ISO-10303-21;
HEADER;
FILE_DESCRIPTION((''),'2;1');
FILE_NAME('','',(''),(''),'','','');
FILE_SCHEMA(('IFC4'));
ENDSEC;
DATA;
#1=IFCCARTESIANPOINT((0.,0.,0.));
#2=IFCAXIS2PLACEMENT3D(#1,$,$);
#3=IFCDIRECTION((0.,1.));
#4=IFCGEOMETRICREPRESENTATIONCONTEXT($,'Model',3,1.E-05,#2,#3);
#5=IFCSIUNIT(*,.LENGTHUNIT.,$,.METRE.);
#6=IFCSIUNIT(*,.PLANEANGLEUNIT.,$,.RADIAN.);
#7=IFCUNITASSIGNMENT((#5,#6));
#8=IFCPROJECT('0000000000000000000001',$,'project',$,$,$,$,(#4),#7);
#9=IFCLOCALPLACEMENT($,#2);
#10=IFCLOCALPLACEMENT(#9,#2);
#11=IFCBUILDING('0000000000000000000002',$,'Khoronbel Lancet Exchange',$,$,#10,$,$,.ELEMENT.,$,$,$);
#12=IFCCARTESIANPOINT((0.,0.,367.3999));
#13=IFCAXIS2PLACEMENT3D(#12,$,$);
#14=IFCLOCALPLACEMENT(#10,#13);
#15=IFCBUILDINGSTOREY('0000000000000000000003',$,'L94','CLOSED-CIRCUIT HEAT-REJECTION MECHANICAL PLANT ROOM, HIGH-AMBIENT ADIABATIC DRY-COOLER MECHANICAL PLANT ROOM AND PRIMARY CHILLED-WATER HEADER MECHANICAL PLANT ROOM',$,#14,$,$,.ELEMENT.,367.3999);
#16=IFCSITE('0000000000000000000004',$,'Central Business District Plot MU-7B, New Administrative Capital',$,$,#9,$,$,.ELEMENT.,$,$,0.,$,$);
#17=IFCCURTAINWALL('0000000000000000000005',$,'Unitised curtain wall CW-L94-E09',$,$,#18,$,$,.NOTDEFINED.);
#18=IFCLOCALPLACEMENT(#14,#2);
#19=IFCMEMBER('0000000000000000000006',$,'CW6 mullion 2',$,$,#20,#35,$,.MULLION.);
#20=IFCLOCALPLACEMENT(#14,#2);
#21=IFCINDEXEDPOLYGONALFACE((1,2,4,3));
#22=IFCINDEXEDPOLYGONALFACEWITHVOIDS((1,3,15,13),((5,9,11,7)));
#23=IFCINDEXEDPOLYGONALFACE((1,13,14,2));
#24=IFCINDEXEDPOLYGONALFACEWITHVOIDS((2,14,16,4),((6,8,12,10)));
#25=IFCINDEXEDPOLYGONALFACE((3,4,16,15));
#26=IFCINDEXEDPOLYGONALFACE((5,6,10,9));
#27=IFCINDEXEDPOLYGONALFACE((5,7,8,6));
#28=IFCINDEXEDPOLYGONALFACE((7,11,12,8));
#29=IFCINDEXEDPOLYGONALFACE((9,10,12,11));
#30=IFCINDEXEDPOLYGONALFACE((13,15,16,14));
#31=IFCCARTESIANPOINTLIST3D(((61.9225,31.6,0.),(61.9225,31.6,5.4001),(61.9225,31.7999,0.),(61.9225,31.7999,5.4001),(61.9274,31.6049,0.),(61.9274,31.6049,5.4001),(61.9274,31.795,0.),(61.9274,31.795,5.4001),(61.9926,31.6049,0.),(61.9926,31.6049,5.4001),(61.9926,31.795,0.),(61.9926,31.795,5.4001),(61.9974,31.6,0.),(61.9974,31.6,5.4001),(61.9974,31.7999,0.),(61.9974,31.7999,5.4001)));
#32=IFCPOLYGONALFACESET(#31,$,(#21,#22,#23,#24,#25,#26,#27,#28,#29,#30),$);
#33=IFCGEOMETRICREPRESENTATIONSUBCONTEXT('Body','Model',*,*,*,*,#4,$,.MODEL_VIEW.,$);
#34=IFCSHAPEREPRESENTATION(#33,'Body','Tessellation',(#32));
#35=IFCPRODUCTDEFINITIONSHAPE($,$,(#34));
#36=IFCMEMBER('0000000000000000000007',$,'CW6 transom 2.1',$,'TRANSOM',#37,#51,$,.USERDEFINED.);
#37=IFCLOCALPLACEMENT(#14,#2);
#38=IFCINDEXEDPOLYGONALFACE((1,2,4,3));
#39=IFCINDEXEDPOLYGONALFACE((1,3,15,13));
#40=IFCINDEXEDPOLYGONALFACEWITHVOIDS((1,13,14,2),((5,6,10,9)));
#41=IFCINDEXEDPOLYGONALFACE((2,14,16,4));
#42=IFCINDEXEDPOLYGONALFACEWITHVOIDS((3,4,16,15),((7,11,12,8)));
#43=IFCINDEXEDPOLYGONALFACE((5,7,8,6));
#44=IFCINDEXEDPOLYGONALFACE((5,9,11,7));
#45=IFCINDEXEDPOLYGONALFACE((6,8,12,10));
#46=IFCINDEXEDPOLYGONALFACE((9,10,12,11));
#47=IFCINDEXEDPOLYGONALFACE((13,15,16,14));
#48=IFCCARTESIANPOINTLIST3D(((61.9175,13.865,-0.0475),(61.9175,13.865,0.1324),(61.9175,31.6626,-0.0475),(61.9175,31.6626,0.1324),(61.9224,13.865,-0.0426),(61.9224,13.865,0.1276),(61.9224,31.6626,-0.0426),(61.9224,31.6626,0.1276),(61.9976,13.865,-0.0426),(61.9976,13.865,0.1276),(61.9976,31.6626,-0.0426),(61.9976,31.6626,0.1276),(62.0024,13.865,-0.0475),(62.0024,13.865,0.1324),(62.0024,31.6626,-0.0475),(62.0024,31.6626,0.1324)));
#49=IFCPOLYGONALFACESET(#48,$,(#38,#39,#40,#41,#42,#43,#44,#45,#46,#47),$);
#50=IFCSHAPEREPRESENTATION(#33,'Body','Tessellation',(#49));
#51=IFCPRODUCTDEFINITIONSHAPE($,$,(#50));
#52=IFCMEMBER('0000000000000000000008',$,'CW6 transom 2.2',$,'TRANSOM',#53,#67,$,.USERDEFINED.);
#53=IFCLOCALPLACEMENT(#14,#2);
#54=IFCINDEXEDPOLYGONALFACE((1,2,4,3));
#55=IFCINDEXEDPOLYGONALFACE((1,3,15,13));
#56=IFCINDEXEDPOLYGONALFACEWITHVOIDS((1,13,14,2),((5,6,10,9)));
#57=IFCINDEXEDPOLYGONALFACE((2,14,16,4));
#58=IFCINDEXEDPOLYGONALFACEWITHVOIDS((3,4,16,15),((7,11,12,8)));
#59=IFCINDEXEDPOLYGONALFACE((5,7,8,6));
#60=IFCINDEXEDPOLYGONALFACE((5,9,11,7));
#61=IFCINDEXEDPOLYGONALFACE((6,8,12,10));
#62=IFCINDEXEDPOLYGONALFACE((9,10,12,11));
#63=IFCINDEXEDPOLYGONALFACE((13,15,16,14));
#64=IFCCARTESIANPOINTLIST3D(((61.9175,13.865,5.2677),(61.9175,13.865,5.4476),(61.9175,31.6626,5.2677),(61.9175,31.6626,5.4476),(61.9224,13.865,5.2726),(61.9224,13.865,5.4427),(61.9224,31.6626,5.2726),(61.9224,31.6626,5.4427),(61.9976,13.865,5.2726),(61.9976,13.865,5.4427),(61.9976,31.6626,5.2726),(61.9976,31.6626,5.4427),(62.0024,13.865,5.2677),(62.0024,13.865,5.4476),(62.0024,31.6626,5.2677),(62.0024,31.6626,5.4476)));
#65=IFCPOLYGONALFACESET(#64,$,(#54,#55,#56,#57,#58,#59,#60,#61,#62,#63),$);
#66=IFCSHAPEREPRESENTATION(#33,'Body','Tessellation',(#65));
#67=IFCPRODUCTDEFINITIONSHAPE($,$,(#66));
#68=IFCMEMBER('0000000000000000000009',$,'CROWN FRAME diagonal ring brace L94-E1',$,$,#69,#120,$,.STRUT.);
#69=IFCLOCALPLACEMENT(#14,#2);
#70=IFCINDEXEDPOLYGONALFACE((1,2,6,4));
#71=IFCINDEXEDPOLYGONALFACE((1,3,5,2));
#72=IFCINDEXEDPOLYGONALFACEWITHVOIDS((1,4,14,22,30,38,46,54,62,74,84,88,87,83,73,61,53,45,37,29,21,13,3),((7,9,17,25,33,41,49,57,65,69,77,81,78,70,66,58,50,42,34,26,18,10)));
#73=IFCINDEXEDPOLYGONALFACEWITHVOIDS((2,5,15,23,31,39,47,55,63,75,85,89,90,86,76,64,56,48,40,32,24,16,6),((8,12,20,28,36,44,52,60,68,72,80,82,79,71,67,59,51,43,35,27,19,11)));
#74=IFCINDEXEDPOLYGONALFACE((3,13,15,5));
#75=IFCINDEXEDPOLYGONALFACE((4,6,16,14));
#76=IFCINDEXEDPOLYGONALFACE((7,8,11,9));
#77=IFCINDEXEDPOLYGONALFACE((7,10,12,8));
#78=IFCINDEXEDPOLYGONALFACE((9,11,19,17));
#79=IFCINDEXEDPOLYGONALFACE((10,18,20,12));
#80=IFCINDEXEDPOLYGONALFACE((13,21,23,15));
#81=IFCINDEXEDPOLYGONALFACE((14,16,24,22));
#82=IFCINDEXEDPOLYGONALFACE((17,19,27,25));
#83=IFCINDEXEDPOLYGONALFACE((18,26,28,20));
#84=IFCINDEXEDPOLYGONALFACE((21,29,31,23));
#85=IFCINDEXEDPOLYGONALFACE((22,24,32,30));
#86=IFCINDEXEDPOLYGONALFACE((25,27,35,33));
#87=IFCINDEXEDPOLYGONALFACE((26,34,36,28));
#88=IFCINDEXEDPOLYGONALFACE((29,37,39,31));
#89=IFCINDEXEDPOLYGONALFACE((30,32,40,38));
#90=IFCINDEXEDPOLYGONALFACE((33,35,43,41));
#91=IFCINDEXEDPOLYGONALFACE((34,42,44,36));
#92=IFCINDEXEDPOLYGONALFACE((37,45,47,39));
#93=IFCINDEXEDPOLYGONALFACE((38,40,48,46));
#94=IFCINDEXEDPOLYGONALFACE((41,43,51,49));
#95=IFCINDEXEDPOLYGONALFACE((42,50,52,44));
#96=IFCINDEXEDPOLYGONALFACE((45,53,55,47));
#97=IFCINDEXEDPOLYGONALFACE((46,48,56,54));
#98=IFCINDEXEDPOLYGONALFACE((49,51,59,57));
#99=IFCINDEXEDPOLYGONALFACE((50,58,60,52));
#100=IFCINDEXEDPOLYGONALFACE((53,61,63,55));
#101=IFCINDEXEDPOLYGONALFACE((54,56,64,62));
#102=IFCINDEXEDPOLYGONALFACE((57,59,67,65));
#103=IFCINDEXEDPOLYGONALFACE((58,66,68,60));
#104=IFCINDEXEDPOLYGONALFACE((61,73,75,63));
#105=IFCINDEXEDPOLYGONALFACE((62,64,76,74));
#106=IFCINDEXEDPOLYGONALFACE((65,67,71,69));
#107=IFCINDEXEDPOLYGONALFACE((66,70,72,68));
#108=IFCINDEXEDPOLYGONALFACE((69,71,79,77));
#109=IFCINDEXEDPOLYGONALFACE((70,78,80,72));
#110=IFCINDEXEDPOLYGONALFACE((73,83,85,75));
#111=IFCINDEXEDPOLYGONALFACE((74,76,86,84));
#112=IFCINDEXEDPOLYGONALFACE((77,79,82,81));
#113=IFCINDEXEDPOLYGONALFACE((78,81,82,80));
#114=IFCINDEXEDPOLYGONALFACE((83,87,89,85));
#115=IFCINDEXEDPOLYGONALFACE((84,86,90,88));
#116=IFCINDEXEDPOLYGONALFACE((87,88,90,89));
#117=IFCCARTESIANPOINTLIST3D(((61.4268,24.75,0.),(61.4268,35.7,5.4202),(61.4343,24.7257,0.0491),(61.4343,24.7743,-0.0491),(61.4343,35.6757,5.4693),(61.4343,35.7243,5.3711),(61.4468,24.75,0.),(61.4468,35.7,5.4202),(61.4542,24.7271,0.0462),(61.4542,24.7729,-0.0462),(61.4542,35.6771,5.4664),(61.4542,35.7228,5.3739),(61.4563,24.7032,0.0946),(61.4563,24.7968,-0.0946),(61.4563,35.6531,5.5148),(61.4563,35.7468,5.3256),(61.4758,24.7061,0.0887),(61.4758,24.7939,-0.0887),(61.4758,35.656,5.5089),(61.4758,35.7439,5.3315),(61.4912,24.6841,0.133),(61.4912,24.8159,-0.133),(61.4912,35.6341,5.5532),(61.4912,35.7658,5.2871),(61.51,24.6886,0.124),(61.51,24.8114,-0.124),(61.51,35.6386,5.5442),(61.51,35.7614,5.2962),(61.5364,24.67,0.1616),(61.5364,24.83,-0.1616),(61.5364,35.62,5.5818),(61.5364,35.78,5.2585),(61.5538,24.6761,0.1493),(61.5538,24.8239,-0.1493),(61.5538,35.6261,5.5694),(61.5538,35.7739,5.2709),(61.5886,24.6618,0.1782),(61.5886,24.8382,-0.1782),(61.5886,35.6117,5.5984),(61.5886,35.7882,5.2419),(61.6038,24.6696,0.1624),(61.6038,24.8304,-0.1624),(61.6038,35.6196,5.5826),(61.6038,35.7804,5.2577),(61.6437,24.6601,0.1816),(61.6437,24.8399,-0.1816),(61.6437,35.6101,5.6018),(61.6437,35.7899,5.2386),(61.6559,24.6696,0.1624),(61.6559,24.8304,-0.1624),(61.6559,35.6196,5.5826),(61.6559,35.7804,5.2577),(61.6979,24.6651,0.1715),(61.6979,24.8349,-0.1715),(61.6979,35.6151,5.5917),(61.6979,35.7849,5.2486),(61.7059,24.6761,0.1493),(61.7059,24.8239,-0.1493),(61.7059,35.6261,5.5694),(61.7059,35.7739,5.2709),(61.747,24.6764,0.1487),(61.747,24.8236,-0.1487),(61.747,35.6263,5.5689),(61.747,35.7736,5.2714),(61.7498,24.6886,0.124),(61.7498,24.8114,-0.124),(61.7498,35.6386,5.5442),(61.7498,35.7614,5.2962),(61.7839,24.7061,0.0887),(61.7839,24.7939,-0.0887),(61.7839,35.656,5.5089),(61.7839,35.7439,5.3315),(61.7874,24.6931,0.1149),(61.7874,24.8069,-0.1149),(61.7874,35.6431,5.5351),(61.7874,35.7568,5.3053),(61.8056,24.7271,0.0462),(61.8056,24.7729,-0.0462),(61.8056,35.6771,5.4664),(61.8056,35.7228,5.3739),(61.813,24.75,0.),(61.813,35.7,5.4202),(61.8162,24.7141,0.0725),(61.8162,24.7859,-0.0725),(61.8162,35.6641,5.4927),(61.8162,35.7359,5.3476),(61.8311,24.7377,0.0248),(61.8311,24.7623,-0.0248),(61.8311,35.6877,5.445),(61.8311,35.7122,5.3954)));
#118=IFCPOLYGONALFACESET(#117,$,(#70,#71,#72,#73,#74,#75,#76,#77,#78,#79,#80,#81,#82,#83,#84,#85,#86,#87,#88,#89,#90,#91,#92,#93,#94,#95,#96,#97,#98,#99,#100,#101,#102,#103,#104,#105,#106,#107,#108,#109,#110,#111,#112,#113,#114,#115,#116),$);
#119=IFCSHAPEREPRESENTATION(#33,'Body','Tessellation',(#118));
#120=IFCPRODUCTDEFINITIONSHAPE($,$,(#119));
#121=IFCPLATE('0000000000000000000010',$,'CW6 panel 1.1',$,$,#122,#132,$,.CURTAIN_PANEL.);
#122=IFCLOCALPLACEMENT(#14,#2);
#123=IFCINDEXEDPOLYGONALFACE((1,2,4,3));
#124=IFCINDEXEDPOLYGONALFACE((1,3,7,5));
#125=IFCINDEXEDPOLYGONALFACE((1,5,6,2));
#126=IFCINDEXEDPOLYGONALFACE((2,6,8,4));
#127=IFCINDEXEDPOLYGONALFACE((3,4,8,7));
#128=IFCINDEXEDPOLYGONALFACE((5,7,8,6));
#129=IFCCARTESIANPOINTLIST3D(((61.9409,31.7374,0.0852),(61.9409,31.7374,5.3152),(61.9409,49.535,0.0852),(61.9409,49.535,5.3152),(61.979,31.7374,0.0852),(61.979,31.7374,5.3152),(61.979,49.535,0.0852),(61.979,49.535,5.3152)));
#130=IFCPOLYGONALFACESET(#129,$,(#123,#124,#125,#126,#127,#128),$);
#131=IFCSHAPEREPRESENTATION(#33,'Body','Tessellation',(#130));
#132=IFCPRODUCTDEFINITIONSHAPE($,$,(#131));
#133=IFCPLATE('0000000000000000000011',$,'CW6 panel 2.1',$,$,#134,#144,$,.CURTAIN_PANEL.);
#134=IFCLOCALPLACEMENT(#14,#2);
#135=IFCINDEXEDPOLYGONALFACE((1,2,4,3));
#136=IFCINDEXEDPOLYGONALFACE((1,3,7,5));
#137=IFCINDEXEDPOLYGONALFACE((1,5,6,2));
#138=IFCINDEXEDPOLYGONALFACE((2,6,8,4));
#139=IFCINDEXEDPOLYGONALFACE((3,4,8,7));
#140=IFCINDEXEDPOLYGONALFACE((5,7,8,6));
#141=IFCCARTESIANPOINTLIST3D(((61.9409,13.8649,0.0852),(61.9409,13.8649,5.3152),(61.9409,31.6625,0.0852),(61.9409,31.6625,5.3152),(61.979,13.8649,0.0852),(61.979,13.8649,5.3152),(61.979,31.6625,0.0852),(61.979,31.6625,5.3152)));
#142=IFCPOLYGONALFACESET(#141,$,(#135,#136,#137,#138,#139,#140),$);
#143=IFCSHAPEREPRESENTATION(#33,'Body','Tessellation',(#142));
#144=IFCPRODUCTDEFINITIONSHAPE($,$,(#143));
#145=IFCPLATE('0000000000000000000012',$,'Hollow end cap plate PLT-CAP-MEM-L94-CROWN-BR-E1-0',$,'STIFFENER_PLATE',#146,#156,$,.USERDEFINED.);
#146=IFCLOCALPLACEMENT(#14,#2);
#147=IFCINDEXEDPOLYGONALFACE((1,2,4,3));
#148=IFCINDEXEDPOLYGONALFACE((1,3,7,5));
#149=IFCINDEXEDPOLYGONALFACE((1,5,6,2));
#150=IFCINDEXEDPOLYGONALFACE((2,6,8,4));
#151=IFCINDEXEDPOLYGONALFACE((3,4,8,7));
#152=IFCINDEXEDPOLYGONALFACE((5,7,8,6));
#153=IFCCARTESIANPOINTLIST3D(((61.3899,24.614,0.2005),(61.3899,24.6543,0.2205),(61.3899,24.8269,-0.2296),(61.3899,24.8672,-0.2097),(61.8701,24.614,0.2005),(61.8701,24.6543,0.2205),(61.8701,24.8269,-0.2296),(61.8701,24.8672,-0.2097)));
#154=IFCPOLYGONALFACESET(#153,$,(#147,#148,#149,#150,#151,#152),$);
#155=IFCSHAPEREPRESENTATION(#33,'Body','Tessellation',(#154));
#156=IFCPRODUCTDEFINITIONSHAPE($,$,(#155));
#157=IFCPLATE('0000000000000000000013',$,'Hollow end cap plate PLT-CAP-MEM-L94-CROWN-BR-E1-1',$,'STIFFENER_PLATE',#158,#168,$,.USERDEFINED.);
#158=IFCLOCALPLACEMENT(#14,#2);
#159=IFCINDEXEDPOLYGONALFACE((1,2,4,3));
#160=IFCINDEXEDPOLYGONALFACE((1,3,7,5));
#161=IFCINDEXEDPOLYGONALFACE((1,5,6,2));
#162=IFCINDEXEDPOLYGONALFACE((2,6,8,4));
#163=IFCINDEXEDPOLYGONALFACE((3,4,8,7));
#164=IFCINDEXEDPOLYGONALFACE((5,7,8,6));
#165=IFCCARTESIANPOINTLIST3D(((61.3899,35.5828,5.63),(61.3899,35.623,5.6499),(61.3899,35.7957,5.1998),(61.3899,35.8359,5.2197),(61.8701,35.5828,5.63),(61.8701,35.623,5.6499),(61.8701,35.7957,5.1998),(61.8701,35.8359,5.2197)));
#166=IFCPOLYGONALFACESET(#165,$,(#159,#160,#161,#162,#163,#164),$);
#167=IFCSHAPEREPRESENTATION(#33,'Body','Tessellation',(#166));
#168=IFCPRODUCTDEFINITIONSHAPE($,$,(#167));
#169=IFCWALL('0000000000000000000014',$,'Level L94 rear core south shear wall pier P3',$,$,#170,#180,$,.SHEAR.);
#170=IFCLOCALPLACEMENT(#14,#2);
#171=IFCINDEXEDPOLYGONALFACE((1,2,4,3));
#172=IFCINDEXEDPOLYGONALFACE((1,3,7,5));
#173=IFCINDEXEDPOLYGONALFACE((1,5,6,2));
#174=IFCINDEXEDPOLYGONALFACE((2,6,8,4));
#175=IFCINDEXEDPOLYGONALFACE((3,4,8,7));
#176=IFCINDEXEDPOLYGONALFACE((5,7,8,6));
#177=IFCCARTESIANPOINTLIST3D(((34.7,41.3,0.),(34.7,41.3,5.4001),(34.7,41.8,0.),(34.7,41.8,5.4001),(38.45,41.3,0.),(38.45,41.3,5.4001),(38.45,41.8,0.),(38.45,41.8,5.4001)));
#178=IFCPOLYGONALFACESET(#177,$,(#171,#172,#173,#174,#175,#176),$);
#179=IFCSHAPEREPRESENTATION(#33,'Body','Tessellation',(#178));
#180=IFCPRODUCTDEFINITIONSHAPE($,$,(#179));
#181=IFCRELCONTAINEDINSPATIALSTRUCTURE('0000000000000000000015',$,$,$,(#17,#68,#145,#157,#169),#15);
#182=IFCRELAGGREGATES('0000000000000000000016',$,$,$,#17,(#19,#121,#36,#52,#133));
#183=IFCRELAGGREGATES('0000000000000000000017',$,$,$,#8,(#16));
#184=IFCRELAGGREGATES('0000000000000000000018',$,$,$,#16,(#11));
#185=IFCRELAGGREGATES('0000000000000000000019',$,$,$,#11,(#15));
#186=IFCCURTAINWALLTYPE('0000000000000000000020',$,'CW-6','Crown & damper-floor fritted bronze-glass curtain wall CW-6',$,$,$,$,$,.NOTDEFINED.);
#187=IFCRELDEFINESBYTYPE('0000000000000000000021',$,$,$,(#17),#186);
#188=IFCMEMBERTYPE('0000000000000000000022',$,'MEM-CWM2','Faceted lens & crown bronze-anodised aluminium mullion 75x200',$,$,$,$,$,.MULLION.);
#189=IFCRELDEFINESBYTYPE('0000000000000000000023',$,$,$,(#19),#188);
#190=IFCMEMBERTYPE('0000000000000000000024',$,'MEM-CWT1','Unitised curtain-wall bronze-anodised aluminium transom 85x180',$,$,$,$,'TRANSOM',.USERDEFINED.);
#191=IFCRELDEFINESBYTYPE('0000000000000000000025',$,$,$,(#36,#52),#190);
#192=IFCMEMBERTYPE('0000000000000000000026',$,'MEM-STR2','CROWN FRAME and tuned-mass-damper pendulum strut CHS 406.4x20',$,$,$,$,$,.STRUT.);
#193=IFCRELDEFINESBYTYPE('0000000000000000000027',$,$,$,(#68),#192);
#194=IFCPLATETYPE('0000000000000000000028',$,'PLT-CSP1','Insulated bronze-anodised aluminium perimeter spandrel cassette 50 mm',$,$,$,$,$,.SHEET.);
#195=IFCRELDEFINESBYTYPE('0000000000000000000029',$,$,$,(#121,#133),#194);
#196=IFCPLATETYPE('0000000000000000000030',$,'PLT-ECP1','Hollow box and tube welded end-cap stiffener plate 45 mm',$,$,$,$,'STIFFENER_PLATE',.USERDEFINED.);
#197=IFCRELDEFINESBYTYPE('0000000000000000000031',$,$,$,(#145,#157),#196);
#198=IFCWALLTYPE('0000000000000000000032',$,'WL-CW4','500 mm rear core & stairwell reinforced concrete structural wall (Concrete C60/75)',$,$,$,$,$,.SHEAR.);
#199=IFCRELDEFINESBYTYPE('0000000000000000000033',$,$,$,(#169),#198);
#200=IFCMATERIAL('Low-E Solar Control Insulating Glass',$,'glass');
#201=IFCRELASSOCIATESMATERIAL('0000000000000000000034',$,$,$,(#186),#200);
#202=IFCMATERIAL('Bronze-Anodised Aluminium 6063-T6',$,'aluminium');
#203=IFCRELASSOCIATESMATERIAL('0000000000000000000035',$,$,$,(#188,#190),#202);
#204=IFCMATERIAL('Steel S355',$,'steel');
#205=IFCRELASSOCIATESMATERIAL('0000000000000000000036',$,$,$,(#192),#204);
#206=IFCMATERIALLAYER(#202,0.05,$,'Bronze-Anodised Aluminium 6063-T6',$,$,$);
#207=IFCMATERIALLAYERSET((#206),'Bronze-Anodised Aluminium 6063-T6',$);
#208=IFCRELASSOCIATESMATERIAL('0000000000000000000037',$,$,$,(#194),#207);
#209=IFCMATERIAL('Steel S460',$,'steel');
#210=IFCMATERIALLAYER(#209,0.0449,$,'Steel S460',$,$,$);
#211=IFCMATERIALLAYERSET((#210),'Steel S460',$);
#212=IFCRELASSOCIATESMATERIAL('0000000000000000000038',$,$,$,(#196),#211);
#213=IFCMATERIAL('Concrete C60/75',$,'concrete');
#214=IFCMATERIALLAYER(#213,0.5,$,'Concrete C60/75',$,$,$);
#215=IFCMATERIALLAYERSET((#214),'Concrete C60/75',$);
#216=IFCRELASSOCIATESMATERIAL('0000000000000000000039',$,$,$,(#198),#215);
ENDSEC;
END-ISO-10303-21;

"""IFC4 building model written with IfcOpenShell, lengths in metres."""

from ifc_helpers import new_model, si_unit, direction, frame, frame_2d, origin, origin_2d, place, context, subcontext, project, spatial, polyline, rectangle, hollow_rectangle, hollow_circle, outline, extrude, material, layer, layer_set, material_profile, profile_set, type_object, element, aggregate, save


model = new_model("IFC4")

# Units and contexts
model_context = context("Model", 3, precision=1e-05, world=origin(), true_north=direction((0.0, 1.0)))
body_context = subcontext(model_context, "Body", "Model", "MODEL_VIEW")
ifc_project = project(units=[si_unit("LENGTHUNIT", "METRE"), si_unit("PLANEANGLEUNIT", "RADIAN")], contexts=[model_context])

# Site, building, storey
site_placement = place(None, origin())
site = spatial("IfcSite", under=ifc_project, at=site_placement, Name="Central Business District Plot MU-7B, New Administrative Capital", CompositionType="ELEMENT", RefElevation=0.0)
building_placement = place(site_placement, origin())
building = spatial("IfcBuilding", under=site, at=building_placement, Name="Khoronbel Lancet Exchange", CompositionType="ELEMENT")
storey_placement = place(building_placement, frame((0.0, 0.0, 367.3999)))
storey = spatial("IfcBuildingStorey", under=building, at=storey_placement, Name="L94", Description="CLOSED-CIRCUIT HEAT-REJECTION MECHANICAL PLANT ROOM, HIGH-AMBIENT ADIABATIC DRY-COOLER MECHANICAL PLANT ROOM AND PRIMARY CHILLED-WATER HEADER MECHANICAL PLANT ROOM", CompositionType="ELEMENT", Elevation=367.3999)

# Shared definitions
ifc_material_1 = material(Name="Steel S355", Category="steel")

# Shared definitions
ifc_material_2 = material(Name="Concrete C60/75", Category="concrete")

# Curtain wall, members
ifc_material_3 = material(Name="Low-E Solar Control Insulating Glass", Category="glass")
curtain_wall_type = type_object("IfcCurtainWallType", Name="CW-6", Description="Crown & damper-floor fritted bronze-glass curtain wall CW-6", PredefinedType="NOTDEFINED", material=ifc_material_3)
curtain_wall_placement = place(storey_placement, origin())
curtain_wall = element("IfcCurtainWall", 1, at=curtain_wall_placement, inside=storey, type_object=curtain_wall_type, Name="Unitised curtain wall CW-L94-E09", PredefinedType="NOTDEFINED")
ifc_material_4 = material(Name="Bronze-Anodised Aluminium 6063-T6", Category="aluminium")
ifc_material_profile_1 = material_profile(ifc_material_4, hollow_rectangle(XDim=0.075, YDim=0.2, WallThickness=0.0049, at=origin_2d()), Name="ALU MULLION 75x200")
ifc_profile_set_1 = profile_set([ifc_material_profile_1], Name="Bronze-Anodised Aluminium 6063-T6")
member_type_1 = type_object("IfcMemberType", Name="MEM-CWM2", Description="Faceted lens & crown bronze-anodised aluminium mullion 75x200", PredefinedType="MULLION", material=ifc_profile_set_1)
member_1_placement = place(storey_placement, frame((61.96, 31.7, 0.0), z_axis=(0.0, 0.0, 1.0), x_axis=(1.0, 0.0, 0.0)))
member_1 = element("IfcMember", 2, at=member_1_placement, type_object=member_type_1, Name="CW6 mullion 2", PredefinedType="MULLION", context=body_context, shape_type="SweptSolid", body=[
    extrude(hollow_rectangle(XDim=0.075, YDim=0.2, WallThickness=0.0049, at=origin_2d()), origin(), (0.0, 0.0, 1.0), 5.4001),
])
ifc_material_profile_2 = material_profile(ifc_material_4, hollow_rectangle(XDim=0.085, YDim=0.1799, WallThickness=0.0049, at=origin_2d()), Name="ALU TRANSOM 85x180")
ifc_profile_set_2 = profile_set([ifc_material_profile_2], Name="Bronze-Anodised Aluminium 6063-T6")
member_type_2 = type_object("IfcMemberType", Name="MEM-CWT1", Description="Unitised curtain-wall bronze-anodised aluminium transom 85x180", ElementType="TRANSOM", PredefinedType="USERDEFINED", material=ifc_profile_set_2)
member_2_placement = place(storey_placement, frame((61.96, 31.6626, 0.0425), z_axis=(0.0, -1.0, 0.0), x_axis=(1.0, 0.0, 0.0)))
member_2 = element("IfcMember", 3, at=member_2_placement, type_object=member_type_2, Name="CW6 transom 2.1", ObjectType="TRANSOM", PredefinedType="USERDEFINED", context=body_context, shape_type="SweptSolid", body=[
    extrude(hollow_rectangle(XDim=0.085, YDim=0.1799, WallThickness=0.0049, at=origin_2d()), origin(), (0.0, 0.0, 1.0), 17.7976),
])
member_3_placement = place(storey_placement, frame((61.96, 31.6626, 5.3577), z_axis=(0.0, -1.0, 0.0), x_axis=(1.0, 0.0, 0.0)))
member_3 = element("IfcMember", 4, at=member_3_placement, type_object=member_type_2, Name="CW6 transom 2.2", ObjectType="TRANSOM", PredefinedType="USERDEFINED", context=body_context, shape_type="SweptSolid", body=[
    extrude(hollow_rectangle(XDim=0.085, YDim=0.1799, WallThickness=0.0049, at=origin_2d()), origin(), (0.0, 0.0, 1.0), 17.7976),
])

# Member
ifc_material_profile_3 = material_profile(ifc_material_1, hollow_circle(Radius=0.2031, WallThickness=0.02, at=origin_2d()), Name="CHS 406.4x20")
ifc_profile_set_3 = profile_set([ifc_material_profile_3], Name="Steel S355")
member_type_3 = type_object("IfcMemberType", Name="MEM-STR2", Description="CROWN FRAME and tuned-mass-damper pendulum strut CHS 406.4x20", PredefinedType="STRUT", material=ifc_profile_set_3)
member_4_placement = place(storey_placement, frame((61.6299, 24.75, 0.0), z_axis=(0.0, 0.896214, 0.443621), x_axis=(-1.0, 0.0, 0.0)))
element("IfcMember", 5, at=member_4_placement, inside=storey, type_object=member_type_3, Name="CROWN FRAME diagonal ring brace L94-E1", PredefinedType="STRUT", context=body_context, shape_type="SweptSolid", body=[
    extrude(hollow_circle(Radius=0.2031, WallThickness=0.02, at=origin_2d()), origin(), (0.0, 0.0, 1.0), 12.218),
])

# Plates
ifc_layer_1 = layer(ifc_material_4, 0.05, Name="Bronze-Anodised Aluminium 6063-T6")
ifc_layer_set_1 = layer_set([ifc_layer_1], Name="Bronze-Anodised Aluminium 6063-T6")
plate_type_1 = type_object("IfcPlateType", Name="PLT-CSP1", Description="Insulated bronze-anodised aluminium perimeter spandrel cassette 50 mm", PredefinedType="SHEET", material=ifc_layer_set_1)
plate_1_placement = place(storey_placement, frame((61.96, 40.6362, 0.0852), z_axis=(0.0, 0.0, 1.0), x_axis=(0.0, -1.0, 0.0)))
plate_1 = element("IfcPlate", 6, at=plate_1_placement, type_object=plate_type_1, Name="CW6 panel 1.1", PredefinedType="CURTAIN_PANEL", context=body_context, shape_type="SweptSolid", body=[
    extrude(rectangle(XDim=17.7976, YDim=0.0381, at=origin_2d()), origin(), (0.0, 0.0, 1.0), 5.23),
])
plate_2_placement = place(storey_placement, frame((61.96, 22.7637, 0.0852), z_axis=(0.0, 0.0, 1.0), x_axis=(0.0, -1.0, 0.0)))
plate_2 = element("IfcPlate", 7, at=plate_2_placement, type_object=plate_type_1, Name="CW6 panel 2.1", PredefinedType="CURTAIN_PANEL", context=body_context, shape_type="SweptSolid", body=[
    extrude(rectangle(XDim=17.7976, YDim=0.0381, at=origin_2d()), origin(), (0.0, 0.0, 1.0), 5.23),
])
aggregate(curtain_wall, [member_1, plate_1, member_2, member_3, plate_2])

# Plates
ifc_material_5 = material(Name="Steel S460", Category="steel")
ifc_layer_2 = layer(ifc_material_5, 0.0449, Name="Steel S460")
ifc_layer_set_2 = layer_set([ifc_layer_2], Name="Steel S460")
plate_type_2 = type_object("IfcPlateType", Name="PLT-ECP1", Description="Hollow box and tube welded end-cap stiffener plate 45 mm", ElementType="STIFFENER_PLATE", PredefinedType="USERDEFINED", material=ifc_layer_set_2)
for number, where, z_axis, x_axis, name in (
    (8, (61.8701, 24.8672, -0.2097), (0.0, 0.896251, 0.443548), (-1.0, 0.0, 0.0), "Hollow end cap plate PLT-CAP-MEM-L94-CROWN-BR-E1-0"),
    (9, (61.8701, 35.8359, 5.2197), (0.0, 0.896251, 0.443548), (-1.0, 0.0, 0.0), "Hollow end cap plate PLT-CAP-MEM-L94-CROWN-BR-E1-1"),
):
    element("IfcPlate", number, at=place(storey_placement, frame(where, z_axis=z_axis, x_axis=x_axis)), inside=storey, type_object=plate_type_2, Name=name, ObjectType="STIFFENER_PLATE", PredefinedType="USERDEFINED", context=body_context, shape_type="SweptSolid", body=[
        extrude(outline(polyline([(0.0, 0.0), (0.4802, 0.0), (0.4802, 0.48), (0.0, 0.48), (0.0, 0.0)])), origin(), (0.0, 0.0, -1.0), 0.0449),
    ])

# Wall
ifc_layer_3 = layer(ifc_material_2, 0.5, Name="Concrete C60/75")
ifc_layer_set_3 = layer_set([ifc_layer_3], Name="Concrete C60/75")
wall_type_1 = type_object("IfcWallType", Name="WL-CW4", Description="500 mm rear core & stairwell reinforced concrete structural wall (Concrete C60/75)", PredefinedType="SHEAR", material=ifc_layer_set_3)
wall_1_placement = place(storey_placement, frame((38.45, 41.55, 0.0), z_axis=(0.0, 0.0, 1.0), x_axis=(-1.0, 0.0, 0.0)))
element("IfcWall", 10, at=wall_1_placement, inside=storey, type_object=wall_type_1, Name="Level L94 rear core south shear wall pier P3", PredefinedType="SHEAR", context=body_context, shape_type="SweptSolid", body=[
    extrude(rectangle(XDim=3.75, YDim=0.5, at=frame_2d((1.875, 0.0))), origin(), (0.0, 0.0, 1.0), 5.4001),
])

save(model, "model.ifc")
